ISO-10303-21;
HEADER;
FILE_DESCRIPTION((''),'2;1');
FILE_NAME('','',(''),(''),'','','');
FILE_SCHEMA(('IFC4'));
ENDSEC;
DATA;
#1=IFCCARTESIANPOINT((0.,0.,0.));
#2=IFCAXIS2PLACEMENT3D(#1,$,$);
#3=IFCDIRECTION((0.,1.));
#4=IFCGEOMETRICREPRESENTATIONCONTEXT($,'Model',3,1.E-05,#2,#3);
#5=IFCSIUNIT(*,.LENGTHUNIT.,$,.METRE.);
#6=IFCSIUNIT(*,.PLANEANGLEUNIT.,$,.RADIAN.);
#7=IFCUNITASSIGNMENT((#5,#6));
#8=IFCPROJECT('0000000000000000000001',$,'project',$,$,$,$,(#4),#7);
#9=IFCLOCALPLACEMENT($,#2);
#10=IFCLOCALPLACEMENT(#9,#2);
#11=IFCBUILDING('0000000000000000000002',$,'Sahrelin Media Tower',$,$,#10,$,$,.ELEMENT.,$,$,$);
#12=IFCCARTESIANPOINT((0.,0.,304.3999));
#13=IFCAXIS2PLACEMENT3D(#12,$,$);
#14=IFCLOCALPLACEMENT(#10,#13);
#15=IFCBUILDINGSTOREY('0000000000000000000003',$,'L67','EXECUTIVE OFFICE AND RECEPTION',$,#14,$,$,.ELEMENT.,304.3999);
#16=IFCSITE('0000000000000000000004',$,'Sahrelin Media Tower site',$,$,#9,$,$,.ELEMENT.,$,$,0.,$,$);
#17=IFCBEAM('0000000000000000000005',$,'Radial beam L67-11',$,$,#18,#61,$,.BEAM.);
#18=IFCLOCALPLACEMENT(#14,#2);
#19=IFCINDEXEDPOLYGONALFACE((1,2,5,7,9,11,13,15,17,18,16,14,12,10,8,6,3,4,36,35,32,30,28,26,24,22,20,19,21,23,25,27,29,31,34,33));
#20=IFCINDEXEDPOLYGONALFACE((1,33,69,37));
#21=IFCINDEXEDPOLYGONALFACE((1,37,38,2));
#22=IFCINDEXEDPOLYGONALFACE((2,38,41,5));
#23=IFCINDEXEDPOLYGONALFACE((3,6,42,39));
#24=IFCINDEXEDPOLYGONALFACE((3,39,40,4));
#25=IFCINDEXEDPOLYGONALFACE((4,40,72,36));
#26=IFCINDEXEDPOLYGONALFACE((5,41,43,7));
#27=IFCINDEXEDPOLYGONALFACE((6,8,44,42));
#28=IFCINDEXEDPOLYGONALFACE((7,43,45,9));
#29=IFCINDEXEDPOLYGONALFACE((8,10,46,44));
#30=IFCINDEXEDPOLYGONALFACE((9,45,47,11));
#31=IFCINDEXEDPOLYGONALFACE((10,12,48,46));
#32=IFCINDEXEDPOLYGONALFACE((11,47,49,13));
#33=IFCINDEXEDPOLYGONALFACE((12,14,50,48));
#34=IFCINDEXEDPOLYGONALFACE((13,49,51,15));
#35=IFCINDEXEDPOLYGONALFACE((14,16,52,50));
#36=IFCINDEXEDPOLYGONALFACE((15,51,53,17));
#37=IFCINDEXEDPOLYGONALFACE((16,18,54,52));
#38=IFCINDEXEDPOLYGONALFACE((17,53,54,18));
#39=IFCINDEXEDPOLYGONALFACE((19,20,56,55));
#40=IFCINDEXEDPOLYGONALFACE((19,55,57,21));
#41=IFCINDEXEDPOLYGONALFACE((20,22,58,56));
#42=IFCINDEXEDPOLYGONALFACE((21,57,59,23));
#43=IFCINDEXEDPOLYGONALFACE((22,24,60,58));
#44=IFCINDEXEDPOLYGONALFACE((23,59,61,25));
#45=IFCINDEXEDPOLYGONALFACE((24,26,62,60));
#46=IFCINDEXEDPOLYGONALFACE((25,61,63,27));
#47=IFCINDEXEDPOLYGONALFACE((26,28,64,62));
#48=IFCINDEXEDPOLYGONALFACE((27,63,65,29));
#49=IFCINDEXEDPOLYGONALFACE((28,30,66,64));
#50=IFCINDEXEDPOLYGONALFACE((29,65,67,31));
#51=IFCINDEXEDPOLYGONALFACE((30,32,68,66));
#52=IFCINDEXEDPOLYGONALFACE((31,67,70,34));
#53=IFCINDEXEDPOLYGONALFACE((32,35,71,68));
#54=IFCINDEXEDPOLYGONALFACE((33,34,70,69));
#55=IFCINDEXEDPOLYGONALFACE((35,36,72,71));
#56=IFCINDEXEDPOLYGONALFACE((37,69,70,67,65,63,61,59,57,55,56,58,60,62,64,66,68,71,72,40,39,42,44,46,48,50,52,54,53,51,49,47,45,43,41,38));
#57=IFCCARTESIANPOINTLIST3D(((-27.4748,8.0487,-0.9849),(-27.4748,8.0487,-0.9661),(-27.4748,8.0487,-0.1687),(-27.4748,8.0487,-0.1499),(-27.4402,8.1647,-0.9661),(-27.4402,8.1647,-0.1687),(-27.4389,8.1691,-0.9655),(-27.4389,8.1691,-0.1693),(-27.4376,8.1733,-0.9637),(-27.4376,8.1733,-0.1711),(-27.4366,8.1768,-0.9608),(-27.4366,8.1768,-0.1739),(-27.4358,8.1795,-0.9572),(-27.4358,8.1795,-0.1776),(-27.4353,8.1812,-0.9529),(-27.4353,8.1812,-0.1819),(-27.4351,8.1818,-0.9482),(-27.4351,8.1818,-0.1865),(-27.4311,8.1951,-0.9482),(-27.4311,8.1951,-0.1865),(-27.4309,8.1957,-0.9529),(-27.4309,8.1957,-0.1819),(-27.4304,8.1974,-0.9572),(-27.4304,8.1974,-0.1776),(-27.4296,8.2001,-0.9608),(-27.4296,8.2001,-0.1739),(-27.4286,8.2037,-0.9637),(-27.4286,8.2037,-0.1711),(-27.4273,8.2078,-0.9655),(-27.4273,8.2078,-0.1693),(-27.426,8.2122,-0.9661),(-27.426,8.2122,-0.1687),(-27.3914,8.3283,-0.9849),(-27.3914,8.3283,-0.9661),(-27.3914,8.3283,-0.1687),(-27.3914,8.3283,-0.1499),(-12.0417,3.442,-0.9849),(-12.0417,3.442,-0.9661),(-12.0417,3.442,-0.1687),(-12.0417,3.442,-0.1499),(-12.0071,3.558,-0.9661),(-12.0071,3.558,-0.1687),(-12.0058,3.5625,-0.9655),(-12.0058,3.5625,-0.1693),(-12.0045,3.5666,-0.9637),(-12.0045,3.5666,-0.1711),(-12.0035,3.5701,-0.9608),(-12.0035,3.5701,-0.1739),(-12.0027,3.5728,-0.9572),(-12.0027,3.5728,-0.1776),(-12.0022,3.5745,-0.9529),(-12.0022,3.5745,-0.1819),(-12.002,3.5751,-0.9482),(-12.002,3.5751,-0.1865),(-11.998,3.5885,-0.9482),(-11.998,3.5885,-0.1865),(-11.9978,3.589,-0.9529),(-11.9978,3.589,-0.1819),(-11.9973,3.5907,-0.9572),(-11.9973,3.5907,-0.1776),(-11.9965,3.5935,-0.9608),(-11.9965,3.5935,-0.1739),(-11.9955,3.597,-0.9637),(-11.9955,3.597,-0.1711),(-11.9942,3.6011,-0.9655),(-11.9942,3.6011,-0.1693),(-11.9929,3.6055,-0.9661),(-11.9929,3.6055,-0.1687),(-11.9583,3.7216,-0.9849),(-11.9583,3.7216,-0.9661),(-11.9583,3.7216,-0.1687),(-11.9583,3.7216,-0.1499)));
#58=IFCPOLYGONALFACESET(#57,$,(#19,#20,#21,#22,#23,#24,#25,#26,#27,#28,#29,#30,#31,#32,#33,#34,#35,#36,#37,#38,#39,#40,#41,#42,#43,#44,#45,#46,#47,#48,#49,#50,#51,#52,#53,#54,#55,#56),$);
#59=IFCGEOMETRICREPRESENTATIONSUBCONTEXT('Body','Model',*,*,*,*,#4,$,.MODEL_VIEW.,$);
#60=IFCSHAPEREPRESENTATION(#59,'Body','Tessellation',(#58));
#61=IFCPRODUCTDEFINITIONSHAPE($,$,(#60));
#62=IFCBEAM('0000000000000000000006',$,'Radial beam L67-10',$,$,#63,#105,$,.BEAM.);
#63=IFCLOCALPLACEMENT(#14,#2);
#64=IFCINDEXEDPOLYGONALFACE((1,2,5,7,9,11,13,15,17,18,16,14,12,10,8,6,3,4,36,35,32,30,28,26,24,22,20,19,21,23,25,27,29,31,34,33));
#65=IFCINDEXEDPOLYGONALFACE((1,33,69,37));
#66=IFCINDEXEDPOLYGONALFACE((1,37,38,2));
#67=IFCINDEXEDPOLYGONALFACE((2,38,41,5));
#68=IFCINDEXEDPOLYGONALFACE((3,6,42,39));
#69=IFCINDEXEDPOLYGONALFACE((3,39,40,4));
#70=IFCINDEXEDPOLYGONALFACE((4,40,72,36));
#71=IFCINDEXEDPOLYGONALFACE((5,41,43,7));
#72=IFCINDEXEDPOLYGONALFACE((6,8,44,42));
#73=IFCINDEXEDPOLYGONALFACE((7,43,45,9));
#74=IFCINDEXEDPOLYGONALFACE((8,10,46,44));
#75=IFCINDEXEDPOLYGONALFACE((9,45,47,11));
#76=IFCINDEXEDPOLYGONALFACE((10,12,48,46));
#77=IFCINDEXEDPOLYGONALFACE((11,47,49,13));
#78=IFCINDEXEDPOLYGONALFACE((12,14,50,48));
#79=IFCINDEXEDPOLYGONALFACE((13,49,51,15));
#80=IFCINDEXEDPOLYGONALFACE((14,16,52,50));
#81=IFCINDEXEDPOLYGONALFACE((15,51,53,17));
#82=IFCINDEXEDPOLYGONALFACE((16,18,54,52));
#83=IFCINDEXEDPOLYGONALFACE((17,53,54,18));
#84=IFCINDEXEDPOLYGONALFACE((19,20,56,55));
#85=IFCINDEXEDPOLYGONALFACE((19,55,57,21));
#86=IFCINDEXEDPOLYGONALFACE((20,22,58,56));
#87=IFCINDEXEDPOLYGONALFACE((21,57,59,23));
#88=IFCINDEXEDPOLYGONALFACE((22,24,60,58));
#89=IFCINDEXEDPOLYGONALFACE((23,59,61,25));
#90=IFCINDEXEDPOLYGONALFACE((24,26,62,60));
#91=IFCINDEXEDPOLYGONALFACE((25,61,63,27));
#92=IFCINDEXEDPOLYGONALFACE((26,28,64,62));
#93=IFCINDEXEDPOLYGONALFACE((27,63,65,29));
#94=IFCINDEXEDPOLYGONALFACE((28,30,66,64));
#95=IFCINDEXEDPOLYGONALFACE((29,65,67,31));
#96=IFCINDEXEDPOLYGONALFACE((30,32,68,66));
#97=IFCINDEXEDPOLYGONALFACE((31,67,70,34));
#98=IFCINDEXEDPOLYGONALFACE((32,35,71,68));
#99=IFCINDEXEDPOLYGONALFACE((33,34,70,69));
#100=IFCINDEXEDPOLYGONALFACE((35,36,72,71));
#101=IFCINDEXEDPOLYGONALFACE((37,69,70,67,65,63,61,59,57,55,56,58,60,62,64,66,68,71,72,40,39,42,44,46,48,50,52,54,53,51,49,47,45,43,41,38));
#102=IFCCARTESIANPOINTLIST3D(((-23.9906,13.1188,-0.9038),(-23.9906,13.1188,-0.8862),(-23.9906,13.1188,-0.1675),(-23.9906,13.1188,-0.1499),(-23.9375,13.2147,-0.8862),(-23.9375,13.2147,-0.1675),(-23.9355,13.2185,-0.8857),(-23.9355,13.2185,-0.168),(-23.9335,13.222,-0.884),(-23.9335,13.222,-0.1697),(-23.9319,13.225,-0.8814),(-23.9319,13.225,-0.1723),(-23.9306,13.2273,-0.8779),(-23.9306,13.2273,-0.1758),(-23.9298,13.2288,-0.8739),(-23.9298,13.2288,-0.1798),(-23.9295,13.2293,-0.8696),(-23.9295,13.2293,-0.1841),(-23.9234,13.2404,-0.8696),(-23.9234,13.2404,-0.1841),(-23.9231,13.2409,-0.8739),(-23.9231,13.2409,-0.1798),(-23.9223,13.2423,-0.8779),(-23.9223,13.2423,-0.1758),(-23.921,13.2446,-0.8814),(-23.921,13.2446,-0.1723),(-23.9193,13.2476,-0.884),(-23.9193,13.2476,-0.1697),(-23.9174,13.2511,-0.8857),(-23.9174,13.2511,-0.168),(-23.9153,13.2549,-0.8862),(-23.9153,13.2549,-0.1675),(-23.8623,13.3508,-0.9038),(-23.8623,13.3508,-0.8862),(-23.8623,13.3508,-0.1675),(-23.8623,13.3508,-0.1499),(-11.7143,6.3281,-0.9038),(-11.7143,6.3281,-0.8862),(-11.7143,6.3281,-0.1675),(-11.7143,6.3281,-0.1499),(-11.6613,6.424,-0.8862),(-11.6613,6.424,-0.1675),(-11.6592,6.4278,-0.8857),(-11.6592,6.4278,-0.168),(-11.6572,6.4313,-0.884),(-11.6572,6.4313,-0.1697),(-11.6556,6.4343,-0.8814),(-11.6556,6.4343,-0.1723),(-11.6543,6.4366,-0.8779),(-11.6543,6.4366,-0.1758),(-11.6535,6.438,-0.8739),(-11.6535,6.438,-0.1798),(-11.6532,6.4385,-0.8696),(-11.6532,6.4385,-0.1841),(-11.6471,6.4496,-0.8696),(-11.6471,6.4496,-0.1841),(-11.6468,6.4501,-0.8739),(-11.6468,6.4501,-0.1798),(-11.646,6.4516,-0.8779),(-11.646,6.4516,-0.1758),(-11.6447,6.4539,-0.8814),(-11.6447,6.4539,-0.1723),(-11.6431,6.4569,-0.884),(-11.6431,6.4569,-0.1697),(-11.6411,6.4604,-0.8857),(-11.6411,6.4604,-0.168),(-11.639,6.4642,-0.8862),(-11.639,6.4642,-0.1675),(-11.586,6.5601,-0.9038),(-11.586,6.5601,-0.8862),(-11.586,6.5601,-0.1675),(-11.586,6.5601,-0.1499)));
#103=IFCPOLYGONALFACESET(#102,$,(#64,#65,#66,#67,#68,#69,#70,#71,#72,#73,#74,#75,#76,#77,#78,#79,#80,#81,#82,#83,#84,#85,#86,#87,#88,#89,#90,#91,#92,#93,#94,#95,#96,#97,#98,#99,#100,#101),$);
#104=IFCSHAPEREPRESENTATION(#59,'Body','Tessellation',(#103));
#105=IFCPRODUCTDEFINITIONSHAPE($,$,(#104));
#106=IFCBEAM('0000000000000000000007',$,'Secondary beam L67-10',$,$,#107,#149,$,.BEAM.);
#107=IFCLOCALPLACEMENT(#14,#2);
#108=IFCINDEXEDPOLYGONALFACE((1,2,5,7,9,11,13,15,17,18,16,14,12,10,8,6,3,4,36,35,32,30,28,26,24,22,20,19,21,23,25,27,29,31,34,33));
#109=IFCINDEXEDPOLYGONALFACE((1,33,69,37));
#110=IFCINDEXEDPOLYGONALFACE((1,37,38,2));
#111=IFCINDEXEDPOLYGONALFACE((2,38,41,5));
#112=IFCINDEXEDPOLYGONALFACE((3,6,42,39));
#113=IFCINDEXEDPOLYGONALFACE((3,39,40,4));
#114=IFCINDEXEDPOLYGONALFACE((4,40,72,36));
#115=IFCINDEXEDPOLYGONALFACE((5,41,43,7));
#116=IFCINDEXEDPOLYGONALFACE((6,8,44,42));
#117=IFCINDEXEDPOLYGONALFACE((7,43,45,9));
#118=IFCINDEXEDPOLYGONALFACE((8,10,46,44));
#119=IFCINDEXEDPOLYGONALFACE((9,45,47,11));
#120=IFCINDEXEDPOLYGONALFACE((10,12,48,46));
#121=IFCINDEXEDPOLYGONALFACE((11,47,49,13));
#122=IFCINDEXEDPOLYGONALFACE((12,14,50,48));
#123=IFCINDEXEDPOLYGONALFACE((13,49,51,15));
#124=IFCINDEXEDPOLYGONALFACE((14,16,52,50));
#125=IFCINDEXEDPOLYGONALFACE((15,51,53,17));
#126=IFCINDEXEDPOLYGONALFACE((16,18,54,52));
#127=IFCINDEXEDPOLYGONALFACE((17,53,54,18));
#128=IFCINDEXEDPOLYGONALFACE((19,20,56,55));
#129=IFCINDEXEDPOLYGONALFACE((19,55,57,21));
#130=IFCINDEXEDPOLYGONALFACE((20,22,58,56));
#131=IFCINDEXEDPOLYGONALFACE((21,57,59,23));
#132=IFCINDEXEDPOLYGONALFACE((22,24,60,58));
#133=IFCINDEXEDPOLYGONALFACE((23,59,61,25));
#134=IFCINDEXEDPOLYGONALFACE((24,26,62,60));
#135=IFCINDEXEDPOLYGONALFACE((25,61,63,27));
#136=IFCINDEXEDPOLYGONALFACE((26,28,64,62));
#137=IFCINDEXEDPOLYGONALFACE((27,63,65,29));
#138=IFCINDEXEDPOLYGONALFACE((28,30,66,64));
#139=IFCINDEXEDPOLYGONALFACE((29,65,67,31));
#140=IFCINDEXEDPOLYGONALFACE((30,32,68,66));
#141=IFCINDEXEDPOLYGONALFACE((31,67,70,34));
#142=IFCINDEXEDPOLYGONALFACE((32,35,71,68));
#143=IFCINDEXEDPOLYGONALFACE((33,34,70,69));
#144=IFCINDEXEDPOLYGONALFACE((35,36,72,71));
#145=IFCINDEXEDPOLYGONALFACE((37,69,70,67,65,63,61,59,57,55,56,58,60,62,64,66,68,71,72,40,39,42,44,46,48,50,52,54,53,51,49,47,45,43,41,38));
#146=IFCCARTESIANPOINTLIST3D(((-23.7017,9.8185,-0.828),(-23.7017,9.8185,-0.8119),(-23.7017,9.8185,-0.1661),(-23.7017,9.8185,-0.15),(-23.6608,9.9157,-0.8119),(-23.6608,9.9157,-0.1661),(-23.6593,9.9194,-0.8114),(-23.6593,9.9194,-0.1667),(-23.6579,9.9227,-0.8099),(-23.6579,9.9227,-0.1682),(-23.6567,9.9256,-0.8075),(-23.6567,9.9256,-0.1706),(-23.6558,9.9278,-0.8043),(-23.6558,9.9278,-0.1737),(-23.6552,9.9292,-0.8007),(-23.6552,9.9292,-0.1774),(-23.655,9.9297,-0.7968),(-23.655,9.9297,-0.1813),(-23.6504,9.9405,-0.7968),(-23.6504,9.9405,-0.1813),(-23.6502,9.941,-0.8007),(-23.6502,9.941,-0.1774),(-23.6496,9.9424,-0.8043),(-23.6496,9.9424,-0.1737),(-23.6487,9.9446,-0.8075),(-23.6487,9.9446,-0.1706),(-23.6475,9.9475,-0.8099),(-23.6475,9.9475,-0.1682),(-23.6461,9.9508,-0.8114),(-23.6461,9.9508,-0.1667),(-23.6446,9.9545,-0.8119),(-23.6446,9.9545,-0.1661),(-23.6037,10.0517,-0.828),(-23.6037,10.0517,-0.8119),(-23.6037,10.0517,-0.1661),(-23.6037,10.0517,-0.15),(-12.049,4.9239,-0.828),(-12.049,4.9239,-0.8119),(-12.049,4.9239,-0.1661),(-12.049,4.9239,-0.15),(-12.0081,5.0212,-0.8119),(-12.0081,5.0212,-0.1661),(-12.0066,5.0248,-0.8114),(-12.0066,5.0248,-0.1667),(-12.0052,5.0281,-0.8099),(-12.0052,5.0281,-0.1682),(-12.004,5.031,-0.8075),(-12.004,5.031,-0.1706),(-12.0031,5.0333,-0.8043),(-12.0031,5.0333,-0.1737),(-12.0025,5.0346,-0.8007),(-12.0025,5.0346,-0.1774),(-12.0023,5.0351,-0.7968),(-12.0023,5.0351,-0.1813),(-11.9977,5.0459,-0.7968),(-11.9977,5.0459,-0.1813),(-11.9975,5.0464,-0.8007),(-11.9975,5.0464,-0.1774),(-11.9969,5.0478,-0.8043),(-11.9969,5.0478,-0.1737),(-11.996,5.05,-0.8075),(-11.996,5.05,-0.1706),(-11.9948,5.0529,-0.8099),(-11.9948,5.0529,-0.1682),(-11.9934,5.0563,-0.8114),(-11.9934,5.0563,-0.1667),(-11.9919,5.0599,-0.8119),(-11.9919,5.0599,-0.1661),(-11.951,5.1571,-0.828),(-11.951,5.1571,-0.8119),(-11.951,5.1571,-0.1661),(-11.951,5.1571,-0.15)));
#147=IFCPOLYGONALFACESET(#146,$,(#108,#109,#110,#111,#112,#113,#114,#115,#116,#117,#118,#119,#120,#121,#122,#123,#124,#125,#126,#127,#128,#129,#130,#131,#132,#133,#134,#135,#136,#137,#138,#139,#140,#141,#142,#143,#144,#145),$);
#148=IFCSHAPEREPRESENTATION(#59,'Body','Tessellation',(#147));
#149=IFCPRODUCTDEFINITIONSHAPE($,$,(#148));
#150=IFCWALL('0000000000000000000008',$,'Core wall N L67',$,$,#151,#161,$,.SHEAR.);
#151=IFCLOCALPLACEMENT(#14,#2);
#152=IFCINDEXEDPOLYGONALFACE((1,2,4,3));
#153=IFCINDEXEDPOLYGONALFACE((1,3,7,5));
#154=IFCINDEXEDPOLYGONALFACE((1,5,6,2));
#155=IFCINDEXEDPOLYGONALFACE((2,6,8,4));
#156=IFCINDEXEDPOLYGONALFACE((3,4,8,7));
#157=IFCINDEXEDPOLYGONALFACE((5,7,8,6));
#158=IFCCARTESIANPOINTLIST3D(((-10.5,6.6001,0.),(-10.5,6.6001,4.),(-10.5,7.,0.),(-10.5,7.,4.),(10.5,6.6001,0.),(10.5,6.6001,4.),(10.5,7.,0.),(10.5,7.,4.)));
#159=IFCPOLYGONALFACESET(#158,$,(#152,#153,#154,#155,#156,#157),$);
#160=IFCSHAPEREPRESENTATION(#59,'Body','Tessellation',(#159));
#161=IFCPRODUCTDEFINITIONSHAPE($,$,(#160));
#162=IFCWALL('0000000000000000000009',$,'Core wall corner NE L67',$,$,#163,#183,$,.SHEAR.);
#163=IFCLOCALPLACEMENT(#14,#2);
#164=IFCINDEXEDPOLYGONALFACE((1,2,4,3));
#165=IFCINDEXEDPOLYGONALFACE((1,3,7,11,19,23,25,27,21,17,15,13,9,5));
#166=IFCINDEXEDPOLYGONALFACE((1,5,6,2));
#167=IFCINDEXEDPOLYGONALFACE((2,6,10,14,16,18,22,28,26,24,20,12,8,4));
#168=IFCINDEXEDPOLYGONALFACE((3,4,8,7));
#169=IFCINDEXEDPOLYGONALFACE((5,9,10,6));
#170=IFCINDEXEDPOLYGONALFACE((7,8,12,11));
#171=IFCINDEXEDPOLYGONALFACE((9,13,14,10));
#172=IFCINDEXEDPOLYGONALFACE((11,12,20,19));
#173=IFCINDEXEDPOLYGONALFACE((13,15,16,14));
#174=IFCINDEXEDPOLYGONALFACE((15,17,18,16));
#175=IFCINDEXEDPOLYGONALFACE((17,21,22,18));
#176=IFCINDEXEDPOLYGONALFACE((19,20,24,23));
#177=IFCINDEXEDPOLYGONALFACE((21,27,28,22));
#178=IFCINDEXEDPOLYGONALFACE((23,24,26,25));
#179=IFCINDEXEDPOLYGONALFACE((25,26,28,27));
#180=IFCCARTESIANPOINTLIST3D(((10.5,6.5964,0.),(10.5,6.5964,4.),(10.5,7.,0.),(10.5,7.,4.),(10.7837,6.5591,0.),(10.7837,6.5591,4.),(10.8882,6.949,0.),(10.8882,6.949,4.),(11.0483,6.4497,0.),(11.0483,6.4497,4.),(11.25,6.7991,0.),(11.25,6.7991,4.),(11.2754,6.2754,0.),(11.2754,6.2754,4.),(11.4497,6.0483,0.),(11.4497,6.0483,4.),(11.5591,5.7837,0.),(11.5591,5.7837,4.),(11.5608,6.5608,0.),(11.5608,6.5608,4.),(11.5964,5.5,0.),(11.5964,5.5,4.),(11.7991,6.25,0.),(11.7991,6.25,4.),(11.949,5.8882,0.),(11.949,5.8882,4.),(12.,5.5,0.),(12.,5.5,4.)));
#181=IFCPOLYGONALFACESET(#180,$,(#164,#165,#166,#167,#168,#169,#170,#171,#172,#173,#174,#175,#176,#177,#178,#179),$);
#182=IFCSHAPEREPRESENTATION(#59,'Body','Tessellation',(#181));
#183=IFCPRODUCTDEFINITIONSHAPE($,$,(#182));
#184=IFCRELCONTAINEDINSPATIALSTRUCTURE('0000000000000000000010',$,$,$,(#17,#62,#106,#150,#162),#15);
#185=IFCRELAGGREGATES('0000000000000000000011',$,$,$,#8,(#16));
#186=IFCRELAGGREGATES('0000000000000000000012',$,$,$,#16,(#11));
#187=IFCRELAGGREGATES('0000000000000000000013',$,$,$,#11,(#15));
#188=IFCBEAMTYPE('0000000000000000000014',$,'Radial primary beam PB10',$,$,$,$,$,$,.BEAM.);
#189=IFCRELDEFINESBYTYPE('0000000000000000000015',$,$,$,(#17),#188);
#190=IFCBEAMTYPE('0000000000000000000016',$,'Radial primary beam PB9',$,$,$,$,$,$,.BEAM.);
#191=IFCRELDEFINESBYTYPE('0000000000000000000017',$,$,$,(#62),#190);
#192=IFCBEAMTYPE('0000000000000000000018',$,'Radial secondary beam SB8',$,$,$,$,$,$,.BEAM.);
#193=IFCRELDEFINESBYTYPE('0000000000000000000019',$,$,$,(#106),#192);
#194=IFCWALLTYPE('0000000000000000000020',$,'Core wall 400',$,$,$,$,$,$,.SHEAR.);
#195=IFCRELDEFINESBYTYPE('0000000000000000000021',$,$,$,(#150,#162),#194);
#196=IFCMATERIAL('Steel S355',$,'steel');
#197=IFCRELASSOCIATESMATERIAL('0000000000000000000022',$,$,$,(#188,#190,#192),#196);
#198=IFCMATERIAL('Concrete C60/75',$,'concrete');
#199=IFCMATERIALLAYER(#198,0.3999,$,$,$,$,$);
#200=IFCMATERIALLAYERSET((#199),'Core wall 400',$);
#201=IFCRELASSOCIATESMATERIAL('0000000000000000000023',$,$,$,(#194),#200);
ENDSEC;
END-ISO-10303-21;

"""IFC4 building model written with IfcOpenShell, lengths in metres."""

from ifc_helpers import new_model, si_unit, direction, frame, frame_2d, origin, origin_2d, place, context, subcontext, project, spatial, polyline, rectangle, i_section, outline, extrude, material, layer, layer_set, material_profile, profile_set, type_object, element, save


model = new_model("IFC4")

# Units and contexts
model_context = context("Model", 3, precision=1e-05, world=origin(), true_north=direction((0.0, 1.0)))
body_context = subcontext(model_context, "Body", "Model", "MODEL_VIEW")
ifc_project = project(units=[si_unit("LENGTHUNIT", "METRE"), si_unit("PLANEANGLEUNIT", "RADIAN")], contexts=[model_context])

# Site, building, storey
site_placement = place(None, origin())
site = spatial("IfcSite", under=ifc_project, at=site_placement, Name="Sahrelin Media Tower site", CompositionType="ELEMENT", RefElevation=0.0)
building_placement = place(site_placement, origin())
building = spatial("IfcBuilding", under=site, at=building_placement, Name="Sahrelin Media Tower", CompositionType="ELEMENT")
storey_placement = place(building_placement, frame((0.0, 0.0, 304.3999)))
storey = spatial("IfcBuildingStorey", under=building, at=storey_placement, Name="L67", Description="EXECUTIVE OFFICE AND RECEPTION", CompositionType="ELEMENT", Elevation=304.3999)

# Beams
ifc_material_1 = material(Name="Steel S355", Category="steel")
ifc_material_profile_1 = material_profile(ifc_material_1, i_section(OverallWidth=0.2917, OverallDepth=0.835, WebThickness=0.0139, FlangeThickness=0.0188, FilletRadius=0.0178, at=origin_2d()), Name="UB 838x292x176")
ifc_profile_set_1 = profile_set([ifc_material_profile_1], Name="Steel S355")
beam_type_1 = type_object("IfcBeamType", Name="Radial primary beam PB10", PredefinedType="BEAM", material=ifc_profile_set_1)
beam_1_placement = place(storey_placement, frame((-12.0, 3.5818, -0.5674), z_axis=(-0.958223, 0.286024, 0.0), x_axis=(-0.286024, -0.958223, 0.0)))
element("IfcBeam", 1, at=beam_1_placement, inside=storey, type_object=beam_type_1, Name="Radial beam L67-11", PredefinedType="BEAM", context=body_context, shape_type="SweptSolid", body=[
    extrude(i_section(OverallWidth=0.2917, OverallDepth=0.835, WebThickness=0.0139, FlangeThickness=0.0188, FilletRadius=0.0178, at=origin_2d()), origin(), (0.0, 0.0, 1.0), 16.106),
])
ifc_material_profile_2 = material_profile(ifc_material_1, i_section(OverallWidth=0.2651, OverallDepth=0.7539, WebThickness=0.0127, FlangeThickness=0.0176, FilletRadius=0.0166, at=origin_2d()), Name="UB 762x267x147")
ifc_profile_set_2 = profile_set([ifc_material_profile_2], Name="Steel S355")
beam_type_2 = type_object("IfcBeamType", Name="Radial primary beam PB9", PredefinedType="BEAM", material=ifc_profile_set_2)
beam_2_placement = place(storey_placement, frame((-11.6501, 6.4441, -0.5269), z_axis=(-0.875046, 0.484039, 0.0), x_axis=(-0.484039, -0.875046, 0.0)))
element("IfcBeam", 2, at=beam_2_placement, inside=storey, type_object=beam_type_2, Name="Radial beam L67-10", PredefinedType="BEAM", context=body_context, shape_type="SweptSolid", body=[
    extrude(i_section(OverallWidth=0.2651, OverallDepth=0.7539, WebThickness=0.0127, FlangeThickness=0.0176, FilletRadius=0.0166, at=origin_2d()), origin(), (0.0, 0.0, 1.0), 14.0293),
])
ifc_material_profile_3 = material_profile(ifc_material_1, i_section(OverallWidth=0.2529, OverallDepth=0.678, WebThickness=0.0117, FlangeThickness=0.0161, FilletRadius=0.0151, at=origin_2d()), Name="UB 686x254x125")
ifc_profile_set_3 = profile_set([ifc_material_profile_3], Name="Steel S355")
beam_type_3 = type_object("IfcBeamType", Name="Radial secondary beam SB8", PredefinedType="BEAM", material=ifc_profile_set_3)
beam_3_placement = place(storey_placement, frame((-12.0, 5.0405, -0.489), z_axis=(-0.92197, 0.387262, 0.0), x_axis=(-0.387262, -0.92197, 0.0)))
element("IfcBeam", 3, at=beam_3_placement, inside=storey, type_object=beam_type_3, Name="Secondary beam L67-10", PredefinedType="BEAM", context=body_context, shape_type="SweptSolid", body=[
    extrude(i_section(OverallWidth=0.2529, OverallDepth=0.678, WebThickness=0.0117, FlangeThickness=0.0161, FilletRadius=0.0151, at=origin_2d()), origin(), (0.0, 0.0, 1.0), 12.6389),
])

# Walls
ifc_material_2 = material(Name="Concrete C60/75", Category="concrete")
ifc_layer_1 = layer(ifc_material_2, 0.3999)
ifc_layer_set_1 = layer_set([ifc_layer_1], Name="Core wall 400")
wall_type_1 = type_object("IfcWallType", Name="Core wall 400", PredefinedType="SHEAR", material=ifc_layer_set_1)
wall_1_placement = place(storey_placement, frame((-10.5, 6.8, 0.0), z_axis=(0.0, 0.0, 1.0), x_axis=(1.0, 0.0, 0.0)))
element("IfcWall", 4, at=wall_1_placement, inside=storey, type_object=wall_type_1, Name="Core wall N L67", PredefinedType="SHEAR", context=body_context, shape_type="SweptSolid", body=[
    extrude(rectangle(XDim=21.0, YDim=0.3999, at=frame_2d((10.5, 0.0))), origin(), (0.0, 0.0, 1.0), 4.0),
])
placement = place(storey_placement, origin())
element("IfcWall", 5, at=placement, inside=storey, type_object=wall_type_1, Name="Core wall corner NE L67", PredefinedType="SHEAR", context=body_context, shape_type="SweptSolid", body=[
    extrude(outline(polyline([(10.5, 7.0), (10.5, 6.5964), (10.7837, 6.5591), (11.0483, 6.4497), (11.2754, 6.2754), (11.4497, 6.0483), (11.5591, 5.7837), (11.5964, 5.5), (12.0, 5.5), (11.949, 5.8882), (11.7991, 6.25), (11.5608, 6.5608), (11.25, 6.7991), (10.8882, 6.949), (10.5, 7.0)])), origin(), (0.0, 0.0, 1.0), 4.0),
])

save(model, "model.ifc")
